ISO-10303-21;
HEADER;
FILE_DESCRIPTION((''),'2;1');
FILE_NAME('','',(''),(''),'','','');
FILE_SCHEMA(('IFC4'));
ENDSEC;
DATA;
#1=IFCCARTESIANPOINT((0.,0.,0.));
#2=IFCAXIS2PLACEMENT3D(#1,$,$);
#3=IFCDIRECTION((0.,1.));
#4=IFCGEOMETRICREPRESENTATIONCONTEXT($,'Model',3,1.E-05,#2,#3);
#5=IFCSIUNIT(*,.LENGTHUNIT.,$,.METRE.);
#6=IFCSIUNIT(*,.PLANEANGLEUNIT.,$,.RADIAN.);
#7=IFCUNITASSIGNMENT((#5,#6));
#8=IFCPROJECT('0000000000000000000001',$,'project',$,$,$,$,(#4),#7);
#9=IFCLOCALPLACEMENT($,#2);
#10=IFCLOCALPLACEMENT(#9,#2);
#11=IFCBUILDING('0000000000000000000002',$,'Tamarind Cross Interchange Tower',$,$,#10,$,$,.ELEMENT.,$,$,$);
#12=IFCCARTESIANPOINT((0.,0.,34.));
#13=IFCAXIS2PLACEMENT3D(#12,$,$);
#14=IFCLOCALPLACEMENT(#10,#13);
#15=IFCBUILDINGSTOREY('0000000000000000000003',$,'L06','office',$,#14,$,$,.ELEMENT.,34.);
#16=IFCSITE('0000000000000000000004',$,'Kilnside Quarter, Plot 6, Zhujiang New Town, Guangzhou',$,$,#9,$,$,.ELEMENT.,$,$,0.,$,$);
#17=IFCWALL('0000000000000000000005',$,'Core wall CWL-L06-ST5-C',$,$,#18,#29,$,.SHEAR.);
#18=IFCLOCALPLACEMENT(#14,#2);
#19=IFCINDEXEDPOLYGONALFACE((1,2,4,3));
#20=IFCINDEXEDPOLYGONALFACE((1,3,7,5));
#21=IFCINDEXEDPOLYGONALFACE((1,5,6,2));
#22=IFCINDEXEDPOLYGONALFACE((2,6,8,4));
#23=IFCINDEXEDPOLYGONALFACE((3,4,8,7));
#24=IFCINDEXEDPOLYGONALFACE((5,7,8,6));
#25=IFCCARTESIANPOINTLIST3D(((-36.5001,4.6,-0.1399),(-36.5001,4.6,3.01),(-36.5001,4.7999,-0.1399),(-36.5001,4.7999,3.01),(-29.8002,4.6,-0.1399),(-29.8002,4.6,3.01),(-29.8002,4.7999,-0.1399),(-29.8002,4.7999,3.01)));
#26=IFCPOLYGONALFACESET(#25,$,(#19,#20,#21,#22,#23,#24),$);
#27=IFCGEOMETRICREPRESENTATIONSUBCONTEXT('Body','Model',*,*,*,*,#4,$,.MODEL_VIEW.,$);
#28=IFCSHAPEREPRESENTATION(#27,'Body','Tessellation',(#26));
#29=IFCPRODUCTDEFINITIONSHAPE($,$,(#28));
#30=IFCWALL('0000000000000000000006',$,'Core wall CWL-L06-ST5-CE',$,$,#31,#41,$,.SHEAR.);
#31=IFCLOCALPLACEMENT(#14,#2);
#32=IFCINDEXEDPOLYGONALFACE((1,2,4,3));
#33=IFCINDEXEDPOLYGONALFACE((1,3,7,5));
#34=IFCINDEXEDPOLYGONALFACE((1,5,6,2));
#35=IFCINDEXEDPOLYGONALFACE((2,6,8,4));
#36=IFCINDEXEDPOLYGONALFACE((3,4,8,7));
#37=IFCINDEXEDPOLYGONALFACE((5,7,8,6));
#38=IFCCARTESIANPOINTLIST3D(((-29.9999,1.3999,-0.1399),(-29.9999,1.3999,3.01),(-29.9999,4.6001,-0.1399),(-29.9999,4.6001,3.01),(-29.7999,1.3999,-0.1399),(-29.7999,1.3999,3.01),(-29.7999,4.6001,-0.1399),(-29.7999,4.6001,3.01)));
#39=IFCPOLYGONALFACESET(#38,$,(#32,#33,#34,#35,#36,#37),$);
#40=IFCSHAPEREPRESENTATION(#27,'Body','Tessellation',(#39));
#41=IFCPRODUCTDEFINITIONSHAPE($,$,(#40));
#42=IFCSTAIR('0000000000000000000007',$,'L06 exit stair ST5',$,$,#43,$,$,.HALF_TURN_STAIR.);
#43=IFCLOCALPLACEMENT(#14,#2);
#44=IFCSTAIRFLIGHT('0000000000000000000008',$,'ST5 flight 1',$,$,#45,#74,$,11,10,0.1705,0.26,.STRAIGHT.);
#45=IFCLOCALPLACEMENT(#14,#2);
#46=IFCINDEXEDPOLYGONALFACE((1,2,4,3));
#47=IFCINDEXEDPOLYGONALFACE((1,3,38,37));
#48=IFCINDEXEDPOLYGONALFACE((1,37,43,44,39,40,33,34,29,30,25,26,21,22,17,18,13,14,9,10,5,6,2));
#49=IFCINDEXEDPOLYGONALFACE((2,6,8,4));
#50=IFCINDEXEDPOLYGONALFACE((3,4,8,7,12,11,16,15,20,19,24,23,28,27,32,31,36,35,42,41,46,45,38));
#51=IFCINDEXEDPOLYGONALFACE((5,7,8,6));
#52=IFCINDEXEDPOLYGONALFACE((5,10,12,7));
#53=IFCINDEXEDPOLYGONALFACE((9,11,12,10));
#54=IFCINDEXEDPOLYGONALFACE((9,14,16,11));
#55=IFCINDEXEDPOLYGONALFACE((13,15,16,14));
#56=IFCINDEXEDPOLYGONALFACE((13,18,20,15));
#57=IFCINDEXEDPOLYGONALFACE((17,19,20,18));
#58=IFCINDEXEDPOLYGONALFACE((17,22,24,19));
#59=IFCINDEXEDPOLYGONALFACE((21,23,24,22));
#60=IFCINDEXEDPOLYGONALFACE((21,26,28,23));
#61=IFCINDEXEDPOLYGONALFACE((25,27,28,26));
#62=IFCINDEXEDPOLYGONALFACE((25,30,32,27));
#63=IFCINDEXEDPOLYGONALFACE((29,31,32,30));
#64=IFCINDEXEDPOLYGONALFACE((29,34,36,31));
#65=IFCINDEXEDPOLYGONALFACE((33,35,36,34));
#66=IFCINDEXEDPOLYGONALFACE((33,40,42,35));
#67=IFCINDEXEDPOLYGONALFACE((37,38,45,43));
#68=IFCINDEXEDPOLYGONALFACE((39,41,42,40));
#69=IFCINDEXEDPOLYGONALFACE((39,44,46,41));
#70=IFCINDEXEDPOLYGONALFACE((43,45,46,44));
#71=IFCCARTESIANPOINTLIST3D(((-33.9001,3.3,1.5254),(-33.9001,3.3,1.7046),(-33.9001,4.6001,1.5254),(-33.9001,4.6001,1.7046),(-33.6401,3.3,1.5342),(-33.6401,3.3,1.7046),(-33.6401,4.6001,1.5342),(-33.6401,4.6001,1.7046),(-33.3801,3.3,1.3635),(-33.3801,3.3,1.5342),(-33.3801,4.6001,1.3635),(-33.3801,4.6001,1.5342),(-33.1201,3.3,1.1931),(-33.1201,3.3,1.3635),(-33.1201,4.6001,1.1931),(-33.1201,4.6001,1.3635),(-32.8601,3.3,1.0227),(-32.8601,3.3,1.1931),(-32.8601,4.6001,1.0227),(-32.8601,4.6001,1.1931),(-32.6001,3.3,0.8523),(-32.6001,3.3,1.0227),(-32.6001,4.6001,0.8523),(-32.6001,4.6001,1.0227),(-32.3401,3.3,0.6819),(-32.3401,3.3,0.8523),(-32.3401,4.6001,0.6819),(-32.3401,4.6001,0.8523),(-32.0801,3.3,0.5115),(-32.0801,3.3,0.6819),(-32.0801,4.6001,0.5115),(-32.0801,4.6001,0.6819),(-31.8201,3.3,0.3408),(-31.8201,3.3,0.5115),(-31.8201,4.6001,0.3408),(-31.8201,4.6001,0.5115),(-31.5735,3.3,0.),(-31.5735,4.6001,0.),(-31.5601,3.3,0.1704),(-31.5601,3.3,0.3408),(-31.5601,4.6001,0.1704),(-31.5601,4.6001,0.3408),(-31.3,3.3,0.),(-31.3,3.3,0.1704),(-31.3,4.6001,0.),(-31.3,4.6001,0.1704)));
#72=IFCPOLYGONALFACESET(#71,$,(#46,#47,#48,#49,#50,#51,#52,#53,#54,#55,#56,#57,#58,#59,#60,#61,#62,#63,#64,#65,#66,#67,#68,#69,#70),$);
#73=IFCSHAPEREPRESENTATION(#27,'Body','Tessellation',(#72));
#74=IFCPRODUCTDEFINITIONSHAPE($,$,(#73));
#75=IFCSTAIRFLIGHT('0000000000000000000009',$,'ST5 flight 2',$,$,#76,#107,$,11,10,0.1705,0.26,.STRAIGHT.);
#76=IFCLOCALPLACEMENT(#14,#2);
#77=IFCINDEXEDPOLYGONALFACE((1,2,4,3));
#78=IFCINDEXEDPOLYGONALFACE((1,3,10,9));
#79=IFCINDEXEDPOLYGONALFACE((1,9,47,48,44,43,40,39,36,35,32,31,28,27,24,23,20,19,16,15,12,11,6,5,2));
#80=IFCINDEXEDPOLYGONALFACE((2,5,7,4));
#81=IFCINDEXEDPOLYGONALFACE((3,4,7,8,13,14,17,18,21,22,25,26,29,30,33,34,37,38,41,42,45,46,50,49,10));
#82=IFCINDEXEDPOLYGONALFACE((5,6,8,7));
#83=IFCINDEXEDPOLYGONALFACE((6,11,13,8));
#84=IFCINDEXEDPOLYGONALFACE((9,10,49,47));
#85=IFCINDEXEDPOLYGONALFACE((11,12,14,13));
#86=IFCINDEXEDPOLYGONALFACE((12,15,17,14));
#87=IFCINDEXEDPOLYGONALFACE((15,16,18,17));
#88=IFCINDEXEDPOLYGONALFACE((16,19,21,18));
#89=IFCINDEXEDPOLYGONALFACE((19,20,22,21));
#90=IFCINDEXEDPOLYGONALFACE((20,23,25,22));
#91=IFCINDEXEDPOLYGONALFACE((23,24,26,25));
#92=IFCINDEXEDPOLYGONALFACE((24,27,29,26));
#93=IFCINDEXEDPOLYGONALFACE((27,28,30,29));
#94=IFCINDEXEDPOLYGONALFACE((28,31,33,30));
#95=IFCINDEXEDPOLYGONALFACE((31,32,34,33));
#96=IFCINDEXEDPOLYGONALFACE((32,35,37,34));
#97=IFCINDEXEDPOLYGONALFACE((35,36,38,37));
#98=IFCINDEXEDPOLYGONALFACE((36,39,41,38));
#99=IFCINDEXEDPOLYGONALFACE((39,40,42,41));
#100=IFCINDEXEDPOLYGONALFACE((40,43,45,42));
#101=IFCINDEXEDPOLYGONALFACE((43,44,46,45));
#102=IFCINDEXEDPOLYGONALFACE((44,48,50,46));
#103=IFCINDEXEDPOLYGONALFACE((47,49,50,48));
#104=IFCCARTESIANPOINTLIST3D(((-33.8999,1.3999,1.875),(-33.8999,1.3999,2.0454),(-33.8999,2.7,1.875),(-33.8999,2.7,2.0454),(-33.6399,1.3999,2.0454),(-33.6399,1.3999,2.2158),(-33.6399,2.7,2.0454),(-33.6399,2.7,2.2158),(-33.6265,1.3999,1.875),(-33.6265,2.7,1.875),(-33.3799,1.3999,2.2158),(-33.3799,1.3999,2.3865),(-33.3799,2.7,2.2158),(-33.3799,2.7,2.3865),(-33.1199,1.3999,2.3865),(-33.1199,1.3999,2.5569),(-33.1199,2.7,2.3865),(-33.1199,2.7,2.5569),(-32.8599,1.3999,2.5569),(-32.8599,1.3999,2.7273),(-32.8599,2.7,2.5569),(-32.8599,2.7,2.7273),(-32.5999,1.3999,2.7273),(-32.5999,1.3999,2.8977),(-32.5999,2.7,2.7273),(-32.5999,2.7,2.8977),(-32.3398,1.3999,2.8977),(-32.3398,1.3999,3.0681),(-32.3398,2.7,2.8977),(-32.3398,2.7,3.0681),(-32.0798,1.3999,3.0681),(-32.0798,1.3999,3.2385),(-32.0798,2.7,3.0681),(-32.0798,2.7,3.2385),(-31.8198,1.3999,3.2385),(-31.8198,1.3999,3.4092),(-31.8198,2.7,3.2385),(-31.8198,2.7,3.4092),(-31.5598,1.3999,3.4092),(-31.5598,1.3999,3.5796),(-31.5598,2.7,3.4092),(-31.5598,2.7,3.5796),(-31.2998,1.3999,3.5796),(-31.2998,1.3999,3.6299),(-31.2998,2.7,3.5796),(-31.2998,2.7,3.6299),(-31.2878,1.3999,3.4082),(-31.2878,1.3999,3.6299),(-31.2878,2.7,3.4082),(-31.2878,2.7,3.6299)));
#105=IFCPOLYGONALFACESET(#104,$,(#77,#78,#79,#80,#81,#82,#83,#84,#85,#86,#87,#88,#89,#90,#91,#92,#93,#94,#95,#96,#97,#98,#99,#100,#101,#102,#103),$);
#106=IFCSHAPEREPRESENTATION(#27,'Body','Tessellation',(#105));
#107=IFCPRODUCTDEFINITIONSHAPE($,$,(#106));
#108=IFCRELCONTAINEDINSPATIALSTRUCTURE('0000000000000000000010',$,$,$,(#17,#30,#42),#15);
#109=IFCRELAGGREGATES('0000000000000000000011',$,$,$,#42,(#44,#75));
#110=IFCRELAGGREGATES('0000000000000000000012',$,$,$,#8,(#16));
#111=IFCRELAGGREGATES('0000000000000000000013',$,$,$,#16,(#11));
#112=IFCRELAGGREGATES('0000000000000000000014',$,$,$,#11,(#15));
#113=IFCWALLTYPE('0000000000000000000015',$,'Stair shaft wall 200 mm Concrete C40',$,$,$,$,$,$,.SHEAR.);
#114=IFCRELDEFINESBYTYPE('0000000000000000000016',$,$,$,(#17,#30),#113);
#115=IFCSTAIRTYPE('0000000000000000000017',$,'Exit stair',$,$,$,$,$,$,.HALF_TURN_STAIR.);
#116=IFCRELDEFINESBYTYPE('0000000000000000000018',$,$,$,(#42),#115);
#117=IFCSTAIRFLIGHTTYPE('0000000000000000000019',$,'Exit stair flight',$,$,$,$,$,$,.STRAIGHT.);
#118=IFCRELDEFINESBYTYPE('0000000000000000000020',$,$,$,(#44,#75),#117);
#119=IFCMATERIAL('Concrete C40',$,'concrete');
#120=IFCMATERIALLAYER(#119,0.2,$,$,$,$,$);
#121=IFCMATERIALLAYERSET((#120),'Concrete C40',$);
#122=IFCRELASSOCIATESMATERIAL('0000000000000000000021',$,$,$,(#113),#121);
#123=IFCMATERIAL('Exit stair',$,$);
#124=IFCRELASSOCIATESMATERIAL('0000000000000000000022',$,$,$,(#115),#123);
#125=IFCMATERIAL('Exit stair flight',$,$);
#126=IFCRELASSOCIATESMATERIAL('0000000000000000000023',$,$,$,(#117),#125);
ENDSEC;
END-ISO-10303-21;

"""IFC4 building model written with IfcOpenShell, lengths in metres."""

from ifc_helpers import new_model, si_unit, direction, frame, frame_2d, origin, place, context, subcontext, project, spatial, polyline, rectangle, outline, extrude, material, layer, layer_set, type_object, element, aggregate, save


model = new_model("IFC4")

# Units and contexts
model_context = context("Model", 3, precision=1e-05, world=origin(), true_north=direction((0.0, 1.0)))
body_context = subcontext(model_context, "Body", "Model", "MODEL_VIEW")
ifc_project = project(units=[si_unit("LENGTHUNIT", "METRE"), si_unit("PLANEANGLEUNIT", "RADIAN")], contexts=[model_context])

# Site, building, storey
site_placement = place(None, origin())
site = spatial("IfcSite", under=ifc_project, at=site_placement, Name="Kilnside Quarter, Plot 6, Zhujiang New Town, Guangzhou", CompositionType="ELEMENT", RefElevation=0.0)
building_placement = place(site_placement, origin())
building = spatial("IfcBuilding", under=site, at=building_placement, Name="Tamarind Cross Interchange Tower", CompositionType="ELEMENT")
storey_placement = place(building_placement, frame((0.0, 0.0, 34.0)))
storey = spatial("IfcBuildingStorey", under=building, at=storey_placement, Name="L06", Description="office", CompositionType="ELEMENT", Elevation=34.0)

# Shared definitions
ifc_material_1 = material(Name="Concrete C40", Category="concrete")
ifc_layer_1 = layer(ifc_material_1, 0.2)
ifc_layer_set_1 = layer_set([ifc_layer_1], Name="Concrete C40")
wall_type_1 = type_object("IfcWallType", Name="Stair shaft wall 200 mm Concrete C40", PredefinedType="SHEAR", material=ifc_layer_set_1)

# Walls
wall_1_placement = place(storey_placement, frame((-29.8, 4.7, -0.1399), z_axis=(0.0, 0.0, 1.0), x_axis=(-1.0, 0.0, 0.0)))
element("IfcWall", 1, at=wall_1_placement, inside=storey, type_object=wall_type_1, Name="Core wall CWL-L06-ST5-C", PredefinedType="SHEAR", context=body_context, shape_type="SweptSolid", body=[
    extrude(rectangle(XDim=6.7, YDim=0.2, at=frame_2d((3.3501, 0.0))), origin(), (0.0, 0.0, 1.0), 3.1499),
])
wall_2_placement = place(storey_placement, frame((-29.8999, 4.6001, -0.1399), z_axis=(0.0, 0.0, 1.0), x_axis=(0.0, -1.0, 0.0)))
element("IfcWall", 2, at=wall_2_placement, inside=storey, type_object=wall_type_1, Name="Core wall CWL-L06-ST5-CE", PredefinedType="SHEAR", context=body_context, shape_type="SweptSolid", body=[
    extrude(rectangle(XDim=3.2002, YDim=0.2, at=frame_2d((1.6001, 0.0))), origin(), (0.0, 0.0, 1.0), 3.1499),
])

# Stair, stair flights
ifc_material_2 = material(Name="Exit stair")
stair_type = type_object("IfcStairType", Name="Exit stair", PredefinedType="HALF_TURN_STAIR", material=ifc_material_2)
stair_placement = place(storey_placement, origin())
stair = element("IfcStair", 3, at=stair_placement, inside=storey, type_object=stair_type, Name="L06 exit stair ST5", PredefinedType="HALF_TURN_STAIR")
ifc_material_3 = material(Name="Exit stair flight")
stair_flight_type = type_object("IfcStairFlightType", Name="Exit stair flight", PredefinedType="STRAIGHT", material=ifc_material_3)
stair_flight_1_placement = place(storey_placement, frame((-31.3, 3.95, 0.0), z_axis=(0.0, 0.0, 1.0), x_axis=(-1.0, 0.0, 0.0)))
stair_flight_1 = element("IfcStairFlight", 4, at=stair_flight_1_placement, type_object=stair_flight_type, Name="ST5 flight 1", NumberOfRisers=11, NumberOfTreads=10, PredefinedType="STRAIGHT", RiserHeight=0.1705, TreadLength=0.26, context=body_context, shape_type="SweptSolid", body=[
    extrude(outline(polyline([(0.0, 0.0), (0.0, 0.1704), (0.26, 0.1704), (0.26, 0.3408), (0.52, 0.3408), (0.52, 0.5115), (0.78, 0.5115), (0.78, 0.6819), (1.04, 0.6819), (1.04, 0.8523), (1.3, 0.8523), (1.3, 1.0227), (1.5601, 1.0227), (1.5601, 1.1931), (1.8201, 1.1931), (1.8201, 1.3635), (2.0801, 1.3635), (2.0801, 1.5342), (2.3401, 1.5342), (2.3401, 1.7046), (2.6001, 1.7046), (2.6001, 1.875), (2.6001, 1.5254), (0.2734, 0.0), (0.0, 0.0)])), frame((0.0, 0.6499, 0.0), z_axis=(0.0, -1.0, 0.0), x_axis=(1.0, 0.0, 0.0)), (0.0, 0.0, 1.0), 1.3),
])
stair_flight_2_placement = place(storey_placement, frame((-33.8999, 2.05, 1.875), z_axis=(0.0, 0.0, 1.0), x_axis=(1.0, 0.0, 0.0)))
stair_flight_2 = element("IfcStairFlight", 5, at=stair_flight_2_placement, type_object=stair_flight_type, Name="ST5 flight 2", NumberOfRisers=11, NumberOfTreads=10, PredefinedType="STRAIGHT", RiserHeight=0.1705, TreadLength=0.26, context=body_context, shape_type="SweptSolid", body=[
    extrude(outline(polyline([(0.0, 0.0), (0.0, 0.1704), (0.26, 0.1704), (0.26, 0.3408), (0.52, 0.3408), (0.52, 0.5115), (0.78, 0.5115), (0.78, 0.6819), (1.04, 0.6819), (1.04, 0.8523), (1.3, 0.8523), (1.3, 1.0227), (1.5601, 1.0227), (1.5601, 1.1931), (1.8201, 1.1931), (1.8201, 1.3635), (2.0801, 1.3635), (2.0801, 1.5342), (2.3401, 1.5342), (2.3401, 1.7046), (2.6001, 1.7046), (2.6001, 1.7549), (2.6121, 1.7549), (2.6121, 1.5332), (0.2734, 0.0), (0.0, 0.0)])), frame((0.0, 0.6499, 0.0), z_axis=(0.0, -1.0, 0.0), x_axis=(1.0, 0.0, 0.0)), (0.0, 0.0, 1.0), 1.3),
])
aggregate(stair, [stair_flight_1, stair_flight_2])

save(model, "model.ifc")
